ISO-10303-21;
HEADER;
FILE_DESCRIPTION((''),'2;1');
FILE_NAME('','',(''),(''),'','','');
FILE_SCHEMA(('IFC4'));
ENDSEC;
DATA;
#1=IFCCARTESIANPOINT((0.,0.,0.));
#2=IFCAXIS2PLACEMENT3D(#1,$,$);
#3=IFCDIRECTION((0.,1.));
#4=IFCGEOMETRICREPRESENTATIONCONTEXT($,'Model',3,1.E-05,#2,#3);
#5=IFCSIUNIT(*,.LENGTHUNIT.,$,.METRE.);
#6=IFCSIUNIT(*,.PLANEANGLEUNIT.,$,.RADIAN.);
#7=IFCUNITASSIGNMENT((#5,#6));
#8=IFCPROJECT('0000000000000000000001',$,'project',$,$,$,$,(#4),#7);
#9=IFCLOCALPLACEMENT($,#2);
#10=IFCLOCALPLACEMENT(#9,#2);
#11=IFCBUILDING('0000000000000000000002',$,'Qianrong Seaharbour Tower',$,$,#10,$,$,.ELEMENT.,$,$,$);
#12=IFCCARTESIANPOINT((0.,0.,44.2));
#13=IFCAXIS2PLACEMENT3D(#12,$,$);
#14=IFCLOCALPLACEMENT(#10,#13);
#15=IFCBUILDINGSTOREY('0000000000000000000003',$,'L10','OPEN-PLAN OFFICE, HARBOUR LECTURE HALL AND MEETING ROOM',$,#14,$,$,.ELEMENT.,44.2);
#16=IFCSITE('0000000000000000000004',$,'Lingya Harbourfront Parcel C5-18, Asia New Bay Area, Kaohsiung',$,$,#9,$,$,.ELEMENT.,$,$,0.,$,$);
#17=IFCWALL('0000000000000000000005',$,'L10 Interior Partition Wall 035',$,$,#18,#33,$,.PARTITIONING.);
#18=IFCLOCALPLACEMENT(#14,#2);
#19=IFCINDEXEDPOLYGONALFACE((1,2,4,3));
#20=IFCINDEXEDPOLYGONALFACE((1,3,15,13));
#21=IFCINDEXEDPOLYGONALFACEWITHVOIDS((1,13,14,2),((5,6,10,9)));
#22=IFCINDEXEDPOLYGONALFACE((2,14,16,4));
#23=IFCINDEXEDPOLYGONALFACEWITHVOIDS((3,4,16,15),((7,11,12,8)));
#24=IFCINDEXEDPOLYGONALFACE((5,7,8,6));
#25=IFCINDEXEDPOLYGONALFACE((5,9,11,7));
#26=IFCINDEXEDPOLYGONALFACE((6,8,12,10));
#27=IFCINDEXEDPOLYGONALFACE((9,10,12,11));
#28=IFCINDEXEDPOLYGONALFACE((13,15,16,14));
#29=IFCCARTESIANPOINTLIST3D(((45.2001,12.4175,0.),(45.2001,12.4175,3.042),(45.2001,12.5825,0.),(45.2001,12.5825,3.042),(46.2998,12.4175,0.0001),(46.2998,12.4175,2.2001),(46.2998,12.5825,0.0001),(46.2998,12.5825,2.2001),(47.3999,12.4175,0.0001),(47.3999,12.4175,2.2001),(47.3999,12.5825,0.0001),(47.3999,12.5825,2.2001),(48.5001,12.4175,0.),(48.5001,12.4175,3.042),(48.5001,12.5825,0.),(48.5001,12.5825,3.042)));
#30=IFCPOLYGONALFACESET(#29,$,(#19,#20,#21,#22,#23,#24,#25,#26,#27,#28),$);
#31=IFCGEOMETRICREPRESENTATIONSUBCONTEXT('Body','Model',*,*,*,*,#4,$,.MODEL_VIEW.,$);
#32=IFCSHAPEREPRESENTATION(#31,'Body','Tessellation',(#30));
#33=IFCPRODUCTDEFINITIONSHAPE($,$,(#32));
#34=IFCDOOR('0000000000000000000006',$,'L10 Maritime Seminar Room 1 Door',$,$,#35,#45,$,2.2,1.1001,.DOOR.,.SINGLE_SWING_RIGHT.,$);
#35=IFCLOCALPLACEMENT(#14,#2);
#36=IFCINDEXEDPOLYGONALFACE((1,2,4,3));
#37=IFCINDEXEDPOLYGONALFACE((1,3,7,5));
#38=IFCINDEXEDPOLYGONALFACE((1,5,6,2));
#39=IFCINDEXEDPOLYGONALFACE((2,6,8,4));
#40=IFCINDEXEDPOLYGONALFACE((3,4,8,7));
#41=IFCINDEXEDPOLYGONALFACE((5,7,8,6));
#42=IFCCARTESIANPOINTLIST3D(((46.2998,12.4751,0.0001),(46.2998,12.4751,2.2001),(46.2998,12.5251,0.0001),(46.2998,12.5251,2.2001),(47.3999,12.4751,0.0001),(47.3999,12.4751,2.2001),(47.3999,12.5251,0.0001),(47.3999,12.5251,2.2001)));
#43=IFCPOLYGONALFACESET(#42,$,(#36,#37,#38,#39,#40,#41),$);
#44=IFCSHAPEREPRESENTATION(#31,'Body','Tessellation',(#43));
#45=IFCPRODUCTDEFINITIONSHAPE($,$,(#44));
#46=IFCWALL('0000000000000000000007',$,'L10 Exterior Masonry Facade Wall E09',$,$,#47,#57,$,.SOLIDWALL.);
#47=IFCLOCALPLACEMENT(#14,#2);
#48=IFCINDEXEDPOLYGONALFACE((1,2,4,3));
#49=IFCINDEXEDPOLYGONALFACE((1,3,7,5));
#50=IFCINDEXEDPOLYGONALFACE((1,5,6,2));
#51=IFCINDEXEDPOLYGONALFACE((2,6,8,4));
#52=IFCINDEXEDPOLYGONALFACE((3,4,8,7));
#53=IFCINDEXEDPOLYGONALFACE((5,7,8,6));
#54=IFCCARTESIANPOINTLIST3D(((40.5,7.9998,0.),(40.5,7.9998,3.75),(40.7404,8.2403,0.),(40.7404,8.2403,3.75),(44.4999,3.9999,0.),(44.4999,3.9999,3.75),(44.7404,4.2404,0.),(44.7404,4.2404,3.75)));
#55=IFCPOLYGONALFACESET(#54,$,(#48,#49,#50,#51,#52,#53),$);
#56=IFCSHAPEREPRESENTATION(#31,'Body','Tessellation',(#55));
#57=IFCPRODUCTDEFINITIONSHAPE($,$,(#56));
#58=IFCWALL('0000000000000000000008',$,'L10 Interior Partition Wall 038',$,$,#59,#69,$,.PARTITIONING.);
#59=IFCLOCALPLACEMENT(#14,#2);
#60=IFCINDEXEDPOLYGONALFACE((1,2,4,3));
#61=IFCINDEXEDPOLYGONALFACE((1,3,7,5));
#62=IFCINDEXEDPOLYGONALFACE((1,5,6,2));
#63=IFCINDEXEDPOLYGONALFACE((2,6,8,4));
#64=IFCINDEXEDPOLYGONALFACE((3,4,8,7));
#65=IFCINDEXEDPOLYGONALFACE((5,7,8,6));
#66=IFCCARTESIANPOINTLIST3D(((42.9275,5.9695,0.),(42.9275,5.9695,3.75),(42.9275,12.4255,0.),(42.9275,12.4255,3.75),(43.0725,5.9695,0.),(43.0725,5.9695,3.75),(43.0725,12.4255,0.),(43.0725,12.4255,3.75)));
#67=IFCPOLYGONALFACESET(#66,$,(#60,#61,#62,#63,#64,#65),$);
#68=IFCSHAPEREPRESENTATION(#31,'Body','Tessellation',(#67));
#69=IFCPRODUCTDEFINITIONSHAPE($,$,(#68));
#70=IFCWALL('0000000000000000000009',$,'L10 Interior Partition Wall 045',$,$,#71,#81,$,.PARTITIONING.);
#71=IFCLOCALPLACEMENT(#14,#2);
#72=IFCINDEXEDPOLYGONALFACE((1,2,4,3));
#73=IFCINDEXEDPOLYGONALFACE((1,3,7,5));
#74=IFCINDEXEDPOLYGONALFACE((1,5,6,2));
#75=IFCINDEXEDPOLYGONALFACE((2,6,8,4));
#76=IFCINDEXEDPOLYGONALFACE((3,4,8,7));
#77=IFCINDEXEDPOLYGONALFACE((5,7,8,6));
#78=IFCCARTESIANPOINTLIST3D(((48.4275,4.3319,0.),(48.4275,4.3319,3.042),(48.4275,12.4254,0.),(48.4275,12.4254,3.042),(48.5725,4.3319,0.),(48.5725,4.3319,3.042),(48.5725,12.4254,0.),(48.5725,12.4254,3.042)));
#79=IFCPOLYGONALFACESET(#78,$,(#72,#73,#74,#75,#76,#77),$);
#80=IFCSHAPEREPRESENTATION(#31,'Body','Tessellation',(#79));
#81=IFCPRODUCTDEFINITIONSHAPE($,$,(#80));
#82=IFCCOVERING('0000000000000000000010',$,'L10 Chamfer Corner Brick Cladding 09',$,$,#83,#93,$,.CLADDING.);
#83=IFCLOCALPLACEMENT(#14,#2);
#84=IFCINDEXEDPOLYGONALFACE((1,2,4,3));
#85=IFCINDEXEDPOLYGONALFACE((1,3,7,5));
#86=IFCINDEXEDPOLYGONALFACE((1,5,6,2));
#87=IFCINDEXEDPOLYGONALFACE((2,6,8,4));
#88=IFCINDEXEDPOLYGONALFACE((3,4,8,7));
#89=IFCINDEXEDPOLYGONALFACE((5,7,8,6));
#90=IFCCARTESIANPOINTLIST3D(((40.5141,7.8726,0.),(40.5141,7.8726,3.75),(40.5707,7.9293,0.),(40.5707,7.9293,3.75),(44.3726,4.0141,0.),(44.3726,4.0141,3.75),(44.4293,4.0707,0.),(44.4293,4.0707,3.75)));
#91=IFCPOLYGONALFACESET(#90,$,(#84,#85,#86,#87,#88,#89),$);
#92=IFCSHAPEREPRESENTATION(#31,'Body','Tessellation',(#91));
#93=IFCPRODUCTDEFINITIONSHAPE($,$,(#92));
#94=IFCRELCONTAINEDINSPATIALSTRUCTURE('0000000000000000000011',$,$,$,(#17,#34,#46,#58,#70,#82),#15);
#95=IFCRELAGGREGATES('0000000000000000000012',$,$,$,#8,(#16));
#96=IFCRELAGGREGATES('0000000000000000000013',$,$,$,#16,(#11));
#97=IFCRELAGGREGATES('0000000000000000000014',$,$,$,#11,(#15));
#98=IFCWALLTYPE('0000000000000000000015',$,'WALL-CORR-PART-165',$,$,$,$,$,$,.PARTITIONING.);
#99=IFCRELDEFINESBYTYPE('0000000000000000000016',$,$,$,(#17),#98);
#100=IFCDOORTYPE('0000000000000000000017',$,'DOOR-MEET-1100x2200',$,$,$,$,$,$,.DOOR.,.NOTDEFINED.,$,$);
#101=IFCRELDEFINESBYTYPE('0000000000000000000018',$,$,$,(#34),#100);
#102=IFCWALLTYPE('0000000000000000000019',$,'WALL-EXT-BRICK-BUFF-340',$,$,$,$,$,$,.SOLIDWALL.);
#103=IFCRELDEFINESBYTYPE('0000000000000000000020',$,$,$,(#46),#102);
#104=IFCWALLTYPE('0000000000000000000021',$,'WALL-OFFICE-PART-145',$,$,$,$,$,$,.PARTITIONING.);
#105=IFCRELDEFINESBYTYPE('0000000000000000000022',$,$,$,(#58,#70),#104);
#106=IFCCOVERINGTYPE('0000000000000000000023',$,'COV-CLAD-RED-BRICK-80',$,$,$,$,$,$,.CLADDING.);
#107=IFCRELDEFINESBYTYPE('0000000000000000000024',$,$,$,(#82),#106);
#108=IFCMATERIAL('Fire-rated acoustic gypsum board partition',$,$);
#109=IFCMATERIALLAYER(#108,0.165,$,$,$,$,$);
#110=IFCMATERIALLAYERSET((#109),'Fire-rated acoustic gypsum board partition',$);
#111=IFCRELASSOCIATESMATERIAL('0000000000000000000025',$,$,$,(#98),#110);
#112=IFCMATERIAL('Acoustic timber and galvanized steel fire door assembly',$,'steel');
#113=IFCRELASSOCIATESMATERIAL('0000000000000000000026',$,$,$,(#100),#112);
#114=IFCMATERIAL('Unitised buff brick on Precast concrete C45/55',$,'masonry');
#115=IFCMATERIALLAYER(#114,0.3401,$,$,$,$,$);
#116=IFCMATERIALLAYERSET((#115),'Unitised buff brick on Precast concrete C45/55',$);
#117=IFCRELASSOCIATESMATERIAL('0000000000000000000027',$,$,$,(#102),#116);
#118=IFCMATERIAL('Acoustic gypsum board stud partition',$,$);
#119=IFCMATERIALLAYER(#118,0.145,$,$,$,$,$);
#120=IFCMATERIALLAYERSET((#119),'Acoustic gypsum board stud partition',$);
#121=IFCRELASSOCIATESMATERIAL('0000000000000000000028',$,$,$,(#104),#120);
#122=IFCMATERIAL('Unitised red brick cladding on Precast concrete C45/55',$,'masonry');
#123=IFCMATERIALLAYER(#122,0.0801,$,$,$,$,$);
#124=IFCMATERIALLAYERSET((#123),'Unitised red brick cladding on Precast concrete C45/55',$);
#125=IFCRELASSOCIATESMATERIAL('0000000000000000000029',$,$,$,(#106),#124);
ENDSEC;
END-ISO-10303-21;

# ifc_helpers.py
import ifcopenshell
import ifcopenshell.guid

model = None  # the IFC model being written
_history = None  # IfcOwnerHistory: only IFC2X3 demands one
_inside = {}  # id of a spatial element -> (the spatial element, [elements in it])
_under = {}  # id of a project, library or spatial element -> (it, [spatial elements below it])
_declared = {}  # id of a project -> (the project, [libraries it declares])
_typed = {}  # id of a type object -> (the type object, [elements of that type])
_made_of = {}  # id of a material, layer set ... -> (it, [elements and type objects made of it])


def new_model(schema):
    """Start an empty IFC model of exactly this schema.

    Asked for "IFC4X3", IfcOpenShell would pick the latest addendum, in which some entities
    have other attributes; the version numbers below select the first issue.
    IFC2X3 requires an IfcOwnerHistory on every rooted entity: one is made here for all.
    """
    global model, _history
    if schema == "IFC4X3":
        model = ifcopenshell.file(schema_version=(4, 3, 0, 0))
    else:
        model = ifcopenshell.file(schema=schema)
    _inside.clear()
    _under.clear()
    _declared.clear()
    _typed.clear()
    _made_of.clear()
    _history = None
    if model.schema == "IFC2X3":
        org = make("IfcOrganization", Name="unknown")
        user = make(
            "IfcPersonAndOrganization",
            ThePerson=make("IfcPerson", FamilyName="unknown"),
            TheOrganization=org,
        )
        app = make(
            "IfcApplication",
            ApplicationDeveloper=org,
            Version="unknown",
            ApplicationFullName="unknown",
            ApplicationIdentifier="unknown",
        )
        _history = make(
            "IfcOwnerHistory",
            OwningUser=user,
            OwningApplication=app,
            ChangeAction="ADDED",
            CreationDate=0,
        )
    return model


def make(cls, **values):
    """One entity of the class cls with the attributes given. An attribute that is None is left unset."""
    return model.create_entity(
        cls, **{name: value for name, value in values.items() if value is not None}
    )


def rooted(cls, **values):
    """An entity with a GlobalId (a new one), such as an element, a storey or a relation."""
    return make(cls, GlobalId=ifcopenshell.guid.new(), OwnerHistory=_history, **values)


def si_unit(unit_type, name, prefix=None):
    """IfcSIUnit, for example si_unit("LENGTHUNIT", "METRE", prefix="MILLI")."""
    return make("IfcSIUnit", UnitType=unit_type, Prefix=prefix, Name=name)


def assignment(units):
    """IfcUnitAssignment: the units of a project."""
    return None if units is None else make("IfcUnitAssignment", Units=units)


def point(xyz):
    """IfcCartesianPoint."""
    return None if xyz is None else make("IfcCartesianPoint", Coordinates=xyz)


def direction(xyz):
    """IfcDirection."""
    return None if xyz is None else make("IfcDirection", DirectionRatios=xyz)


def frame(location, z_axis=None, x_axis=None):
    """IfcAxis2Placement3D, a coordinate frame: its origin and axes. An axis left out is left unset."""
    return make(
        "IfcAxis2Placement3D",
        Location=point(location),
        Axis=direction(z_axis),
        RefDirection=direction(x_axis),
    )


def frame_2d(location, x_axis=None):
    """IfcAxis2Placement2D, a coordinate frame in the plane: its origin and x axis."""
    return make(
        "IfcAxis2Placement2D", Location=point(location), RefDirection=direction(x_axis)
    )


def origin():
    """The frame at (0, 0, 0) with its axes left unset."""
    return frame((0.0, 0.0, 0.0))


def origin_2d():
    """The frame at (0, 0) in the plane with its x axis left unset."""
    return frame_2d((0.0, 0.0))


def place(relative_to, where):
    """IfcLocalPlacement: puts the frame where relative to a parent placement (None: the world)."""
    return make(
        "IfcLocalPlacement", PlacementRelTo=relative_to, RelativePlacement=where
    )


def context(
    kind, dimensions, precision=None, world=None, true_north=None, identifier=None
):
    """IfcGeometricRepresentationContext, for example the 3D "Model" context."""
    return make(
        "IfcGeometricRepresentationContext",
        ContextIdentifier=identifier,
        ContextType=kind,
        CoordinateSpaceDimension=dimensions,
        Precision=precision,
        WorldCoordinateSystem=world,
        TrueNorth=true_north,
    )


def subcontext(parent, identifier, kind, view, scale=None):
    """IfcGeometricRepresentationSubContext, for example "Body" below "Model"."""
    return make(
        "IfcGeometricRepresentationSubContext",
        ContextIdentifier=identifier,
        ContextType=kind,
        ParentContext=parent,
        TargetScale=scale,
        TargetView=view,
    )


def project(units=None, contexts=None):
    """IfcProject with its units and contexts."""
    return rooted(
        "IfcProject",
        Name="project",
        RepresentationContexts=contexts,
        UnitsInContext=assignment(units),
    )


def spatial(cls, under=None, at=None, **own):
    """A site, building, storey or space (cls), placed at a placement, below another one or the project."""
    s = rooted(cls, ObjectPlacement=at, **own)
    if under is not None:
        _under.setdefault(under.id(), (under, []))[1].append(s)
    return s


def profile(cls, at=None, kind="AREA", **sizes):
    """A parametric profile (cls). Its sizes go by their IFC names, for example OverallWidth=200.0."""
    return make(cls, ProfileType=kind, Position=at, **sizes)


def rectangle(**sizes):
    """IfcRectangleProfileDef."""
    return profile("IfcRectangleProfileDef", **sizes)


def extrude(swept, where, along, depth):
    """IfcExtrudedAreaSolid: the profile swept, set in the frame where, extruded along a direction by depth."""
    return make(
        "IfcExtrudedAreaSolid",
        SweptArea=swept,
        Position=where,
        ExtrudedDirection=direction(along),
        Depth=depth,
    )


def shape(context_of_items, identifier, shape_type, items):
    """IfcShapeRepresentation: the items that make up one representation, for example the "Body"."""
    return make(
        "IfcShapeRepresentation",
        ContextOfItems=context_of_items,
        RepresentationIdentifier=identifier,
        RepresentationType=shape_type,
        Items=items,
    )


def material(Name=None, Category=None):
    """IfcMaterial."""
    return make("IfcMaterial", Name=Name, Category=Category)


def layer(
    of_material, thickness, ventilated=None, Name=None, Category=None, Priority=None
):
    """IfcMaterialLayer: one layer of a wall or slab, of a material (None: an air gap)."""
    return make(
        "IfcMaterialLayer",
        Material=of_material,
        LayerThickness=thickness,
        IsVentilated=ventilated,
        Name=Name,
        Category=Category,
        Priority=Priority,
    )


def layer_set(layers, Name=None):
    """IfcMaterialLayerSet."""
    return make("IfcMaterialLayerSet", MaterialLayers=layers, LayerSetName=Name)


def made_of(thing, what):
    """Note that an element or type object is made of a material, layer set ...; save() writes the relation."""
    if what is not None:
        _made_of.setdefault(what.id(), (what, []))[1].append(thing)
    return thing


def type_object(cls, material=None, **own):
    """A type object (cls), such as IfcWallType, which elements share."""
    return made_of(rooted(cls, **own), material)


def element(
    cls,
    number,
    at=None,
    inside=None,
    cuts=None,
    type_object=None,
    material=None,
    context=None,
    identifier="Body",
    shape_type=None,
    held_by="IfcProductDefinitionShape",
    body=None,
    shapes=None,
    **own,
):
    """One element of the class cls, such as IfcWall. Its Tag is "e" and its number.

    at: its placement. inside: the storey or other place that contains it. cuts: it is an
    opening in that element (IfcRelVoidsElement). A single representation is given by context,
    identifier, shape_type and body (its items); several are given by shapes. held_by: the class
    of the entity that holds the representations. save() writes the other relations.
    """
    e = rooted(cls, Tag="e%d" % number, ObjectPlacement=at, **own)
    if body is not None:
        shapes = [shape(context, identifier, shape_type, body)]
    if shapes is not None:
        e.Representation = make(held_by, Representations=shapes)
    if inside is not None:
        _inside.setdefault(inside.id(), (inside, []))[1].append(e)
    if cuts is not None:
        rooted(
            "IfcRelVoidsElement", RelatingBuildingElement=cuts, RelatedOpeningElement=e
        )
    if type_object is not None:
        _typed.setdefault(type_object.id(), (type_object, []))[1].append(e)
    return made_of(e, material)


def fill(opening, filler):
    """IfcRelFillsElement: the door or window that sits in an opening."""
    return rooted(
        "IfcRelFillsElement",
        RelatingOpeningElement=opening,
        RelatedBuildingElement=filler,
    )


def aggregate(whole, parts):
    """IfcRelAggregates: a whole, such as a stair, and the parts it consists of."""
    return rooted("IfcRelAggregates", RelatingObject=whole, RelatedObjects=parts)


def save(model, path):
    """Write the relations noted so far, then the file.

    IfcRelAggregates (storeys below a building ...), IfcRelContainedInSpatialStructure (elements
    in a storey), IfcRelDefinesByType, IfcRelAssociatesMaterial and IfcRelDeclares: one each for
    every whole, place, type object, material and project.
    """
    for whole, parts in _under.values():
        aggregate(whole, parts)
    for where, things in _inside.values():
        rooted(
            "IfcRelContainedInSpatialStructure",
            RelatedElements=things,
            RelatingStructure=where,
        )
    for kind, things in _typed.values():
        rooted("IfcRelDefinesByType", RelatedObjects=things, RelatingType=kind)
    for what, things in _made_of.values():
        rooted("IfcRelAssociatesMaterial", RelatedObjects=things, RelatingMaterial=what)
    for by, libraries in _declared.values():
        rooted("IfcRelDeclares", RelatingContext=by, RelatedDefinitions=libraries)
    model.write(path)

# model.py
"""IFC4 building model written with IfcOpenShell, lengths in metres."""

from ifc_helpers import new_model, si_unit, direction, frame, frame_2d, origin, origin_2d, place, context, subcontext, project, spatial, rectangle, extrude, material, layer, layer_set, type_object, element, fill, save


model = new_model("IFC4")

# Units and contexts
model_context = context("Model", 3, precision=1e-05, world=origin(), true_north=direction((0.0, 1.0)))
body_context = subcontext(model_context, "Body", "Model", "MODEL_VIEW")
ifc_project = project(units=[si_unit("LENGTHUNIT", "METRE"), si_unit("PLANEANGLEUNIT", "RADIAN")], contexts=[model_context])

# Site, building, storey
site_placement = place(None, origin())
site = spatial("IfcSite", under=ifc_project, at=site_placement, Name="Lingya Harbourfront Parcel C5-18, Asia New Bay Area, Kaohsiung", CompositionType="ELEMENT", RefElevation=0.0)
building_placement = place(site_placement, origin())
building = spatial("IfcBuilding", under=site, at=building_placement, Name="Qianrong Seaharbour Tower", CompositionType="ELEMENT")
storey_placement = place(building_placement, frame((0.0, 0.0, 44.2)))
storey = spatial("IfcBuildingStorey", under=building, at=storey_placement, Name="L10", Description="OPEN-PLAN OFFICE, HARBOUR LECTURE HALL AND MEETING ROOM", CompositionType="ELEMENT", Elevation=44.2)

# Shared definitions
ifc_material_1 = material(Name="Fire-rated acoustic gypsum board partition")
ifc_layer_1 = layer(ifc_material_1, 0.165)
ifc_layer_set_1 = layer_set([ifc_layer_1], Name="Fire-rated acoustic gypsum board partition")
wall_type_1 = type_object("IfcWallType", Name="WALL-CORR-PART-165", PredefinedType="PARTITIONING", material=ifc_layer_set_1)
ifc_material_2 = material(Name="Acoustic timber and galvanized steel fire door assembly", Category="steel")

# Wall, opening, door
wall_1_placement = place(storey_placement, frame((48.5, 12.5, 0.0), z_axis=(0.0, 0.0, 1.0), x_axis=(-1.0, 0.0, 0.0)))
wall_1 = element("IfcWall", 1, at=wall_1_placement, inside=storey, type_object=wall_type_1, Name="L10 Interior Partition Wall 035", PredefinedType="PARTITIONING", context=body_context, shape_type="SweptSolid", body=[
    extrude(rectangle(XDim=3.3, YDim=0.165, at=frame_2d((1.6499, 0.0))), origin(), (0.0, 0.0, 1.0), 3.042),
])
opening_1_placement = place(wall_1_placement, frame((1.1001, 0.0, 0.0)))
opening_1 = element("IfcOpeningElement", 2, at=opening_1_placement, cuts=wall_1, PredefinedType="OPENING", context=body_context, shape_type="SweptSolid", body=[
    extrude(rectangle(XDim=1.1001, YDim=2.2, at=frame_2d((0.55, 1.1001))), frame((0.0, 0.0925, 0.0), z_axis=(0.0, -1.0, 0.0), x_axis=(1.0, 0.0, 0.0)), (0.0, 0.0, 1.0), 0.1851),
])
door_type_1 = type_object("IfcDoorType", Name="DOOR-MEET-1100x2200", OperationType="NOTDEFINED", PredefinedType="DOOR", material=ifc_material_2)
door_1_placement = place(opening_1_placement, origin())
door_1 = element("IfcDoor", 3, at=door_1_placement, inside=storey, type_object=door_type_1, Name="L10 Maritime Seminar Room 1 Door", OperationType="SINGLE_SWING_RIGHT", OverallHeight=2.2, OverallWidth=1.1001, PredefinedType="DOOR", context=body_context, shape_type="SweptSolid", body=[
    extrude(rectangle(XDim=1.1001, YDim=2.2, at=frame_2d((0.55, 1.1001))), frame((0.0, 0.0249, 0.0), z_axis=(0.0, -1.0, 0.0), x_axis=(1.0, 0.0, 0.0)), (0.0, 0.0, 1.0), 0.05),
])
fill(opening_1, door_1)

# Walls
ifc_material_3 = material(Name="Unitised buff brick on Precast concrete C45/55", Category="masonry")
ifc_layer_2 = layer(ifc_material_3, 0.3401)
ifc_layer_set_2 = layer_set([ifc_layer_2], Name="Unitised buff brick on Precast concrete C45/55")
wall_type_2 = type_object("IfcWallType", Name="WALL-EXT-BRICK-BUFF-340", PredefinedType="SOLIDWALL", material=ifc_layer_set_2)
wall_2_placement = place(storey_placement, frame((44.6201, 4.1201, 0.0), z_axis=(0.0, 0.0, 1.0), x_axis=(-0.707107, 0.707107, 0.0)))
element("IfcWall", 4, at=wall_2_placement, inside=storey, type_object=wall_type_2, Name="L10 Exterior Masonry Facade Wall E09", PredefinedType="SOLIDWALL", context=body_context, shape_type="SweptSolid", body=[
    extrude(rectangle(XDim=5.6567, YDim=0.3401, at=frame_2d((2.8284, 0.0))), origin(), (0.0, 0.0, 1.0), 3.75),
])
ifc_material_4 = material(Name="Acoustic gypsum board stud partition")
ifc_layer_3 = layer(ifc_material_4, 0.145)
ifc_layer_set_3 = layer_set([ifc_layer_3], Name="Acoustic gypsum board stud partition")
wall_type_3 = type_object("IfcWallType", Name="WALL-OFFICE-PART-145", PredefinedType="PARTITIONING", material=ifc_layer_set_3)
wall_3_placement = place(storey_placement, frame((43.0, 12.4255, 0.0), z_axis=(0.0, 0.0, 1.0), x_axis=(0.0, -1.0, 0.0)))
element("IfcWall", 5, at=wall_3_placement, inside=storey, type_object=wall_type_3, Name="L10 Interior Partition Wall 038", PredefinedType="PARTITIONING", context=body_context, shape_type="SweptSolid", body=[
    extrude(rectangle(XDim=6.4561, YDim=0.145, at=frame_2d((3.228, 0.0))), origin(), (0.0, 0.0, 1.0), 3.75),
])
wall_4_placement = place(storey_placement, frame((48.5, 12.4255, 0.0), z_axis=(0.0, 0.0, 1.0), x_axis=(0.0, -1.0, 0.0)))
element("IfcWall", 6, at=wall_4_placement, inside=storey, type_object=wall_type_3, Name="L10 Interior Partition Wall 045", PredefinedType="PARTITIONING", context=body_context, shape_type="SweptSolid", body=[
    extrude(rectangle(XDim=8.0935, YDim=0.145, at=frame_2d((4.0469, 0.0))), origin(), (0.0, 0.0, 1.0), 3.042),
])

# Covering
ifc_material_5 = material(Name="Unitised red brick cladding on Precast concrete C45/55", Category="masonry")
ifc_layer_4 = layer(ifc_material_5, 0.0801)
ifc_layer_set_4 = layer_set([ifc_layer_4], Name="Unitised red brick cladding on Precast concrete C45/55")
covering_type = type_object("IfcCoveringType", Name="COV-CLAD-RED-BRICK-80", PredefinedType="CLADDING", material=ifc_layer_set_4)
covering_placement = place(storey_placement, frame((42.4717, 5.9717, 0.0), z_axis=(0.0, 0.0, 1.0), x_axis=(-0.707107, 0.707107, 0.0)))
element("IfcCovering", 7, at=covering_placement, inside=storey, type_object=covering_type, Name="L10 Chamfer Corner Brick Cladding 09", PredefinedType="CLADDING", context=body_context, shape_type="SweptSolid", body=[
    extrude(rectangle(XDim=5.4568, YDim=0.0801, at=origin_2d()), origin(), (0.0, 0.0, 1.0), 3.75),
])

save(model, "model.ifc")
